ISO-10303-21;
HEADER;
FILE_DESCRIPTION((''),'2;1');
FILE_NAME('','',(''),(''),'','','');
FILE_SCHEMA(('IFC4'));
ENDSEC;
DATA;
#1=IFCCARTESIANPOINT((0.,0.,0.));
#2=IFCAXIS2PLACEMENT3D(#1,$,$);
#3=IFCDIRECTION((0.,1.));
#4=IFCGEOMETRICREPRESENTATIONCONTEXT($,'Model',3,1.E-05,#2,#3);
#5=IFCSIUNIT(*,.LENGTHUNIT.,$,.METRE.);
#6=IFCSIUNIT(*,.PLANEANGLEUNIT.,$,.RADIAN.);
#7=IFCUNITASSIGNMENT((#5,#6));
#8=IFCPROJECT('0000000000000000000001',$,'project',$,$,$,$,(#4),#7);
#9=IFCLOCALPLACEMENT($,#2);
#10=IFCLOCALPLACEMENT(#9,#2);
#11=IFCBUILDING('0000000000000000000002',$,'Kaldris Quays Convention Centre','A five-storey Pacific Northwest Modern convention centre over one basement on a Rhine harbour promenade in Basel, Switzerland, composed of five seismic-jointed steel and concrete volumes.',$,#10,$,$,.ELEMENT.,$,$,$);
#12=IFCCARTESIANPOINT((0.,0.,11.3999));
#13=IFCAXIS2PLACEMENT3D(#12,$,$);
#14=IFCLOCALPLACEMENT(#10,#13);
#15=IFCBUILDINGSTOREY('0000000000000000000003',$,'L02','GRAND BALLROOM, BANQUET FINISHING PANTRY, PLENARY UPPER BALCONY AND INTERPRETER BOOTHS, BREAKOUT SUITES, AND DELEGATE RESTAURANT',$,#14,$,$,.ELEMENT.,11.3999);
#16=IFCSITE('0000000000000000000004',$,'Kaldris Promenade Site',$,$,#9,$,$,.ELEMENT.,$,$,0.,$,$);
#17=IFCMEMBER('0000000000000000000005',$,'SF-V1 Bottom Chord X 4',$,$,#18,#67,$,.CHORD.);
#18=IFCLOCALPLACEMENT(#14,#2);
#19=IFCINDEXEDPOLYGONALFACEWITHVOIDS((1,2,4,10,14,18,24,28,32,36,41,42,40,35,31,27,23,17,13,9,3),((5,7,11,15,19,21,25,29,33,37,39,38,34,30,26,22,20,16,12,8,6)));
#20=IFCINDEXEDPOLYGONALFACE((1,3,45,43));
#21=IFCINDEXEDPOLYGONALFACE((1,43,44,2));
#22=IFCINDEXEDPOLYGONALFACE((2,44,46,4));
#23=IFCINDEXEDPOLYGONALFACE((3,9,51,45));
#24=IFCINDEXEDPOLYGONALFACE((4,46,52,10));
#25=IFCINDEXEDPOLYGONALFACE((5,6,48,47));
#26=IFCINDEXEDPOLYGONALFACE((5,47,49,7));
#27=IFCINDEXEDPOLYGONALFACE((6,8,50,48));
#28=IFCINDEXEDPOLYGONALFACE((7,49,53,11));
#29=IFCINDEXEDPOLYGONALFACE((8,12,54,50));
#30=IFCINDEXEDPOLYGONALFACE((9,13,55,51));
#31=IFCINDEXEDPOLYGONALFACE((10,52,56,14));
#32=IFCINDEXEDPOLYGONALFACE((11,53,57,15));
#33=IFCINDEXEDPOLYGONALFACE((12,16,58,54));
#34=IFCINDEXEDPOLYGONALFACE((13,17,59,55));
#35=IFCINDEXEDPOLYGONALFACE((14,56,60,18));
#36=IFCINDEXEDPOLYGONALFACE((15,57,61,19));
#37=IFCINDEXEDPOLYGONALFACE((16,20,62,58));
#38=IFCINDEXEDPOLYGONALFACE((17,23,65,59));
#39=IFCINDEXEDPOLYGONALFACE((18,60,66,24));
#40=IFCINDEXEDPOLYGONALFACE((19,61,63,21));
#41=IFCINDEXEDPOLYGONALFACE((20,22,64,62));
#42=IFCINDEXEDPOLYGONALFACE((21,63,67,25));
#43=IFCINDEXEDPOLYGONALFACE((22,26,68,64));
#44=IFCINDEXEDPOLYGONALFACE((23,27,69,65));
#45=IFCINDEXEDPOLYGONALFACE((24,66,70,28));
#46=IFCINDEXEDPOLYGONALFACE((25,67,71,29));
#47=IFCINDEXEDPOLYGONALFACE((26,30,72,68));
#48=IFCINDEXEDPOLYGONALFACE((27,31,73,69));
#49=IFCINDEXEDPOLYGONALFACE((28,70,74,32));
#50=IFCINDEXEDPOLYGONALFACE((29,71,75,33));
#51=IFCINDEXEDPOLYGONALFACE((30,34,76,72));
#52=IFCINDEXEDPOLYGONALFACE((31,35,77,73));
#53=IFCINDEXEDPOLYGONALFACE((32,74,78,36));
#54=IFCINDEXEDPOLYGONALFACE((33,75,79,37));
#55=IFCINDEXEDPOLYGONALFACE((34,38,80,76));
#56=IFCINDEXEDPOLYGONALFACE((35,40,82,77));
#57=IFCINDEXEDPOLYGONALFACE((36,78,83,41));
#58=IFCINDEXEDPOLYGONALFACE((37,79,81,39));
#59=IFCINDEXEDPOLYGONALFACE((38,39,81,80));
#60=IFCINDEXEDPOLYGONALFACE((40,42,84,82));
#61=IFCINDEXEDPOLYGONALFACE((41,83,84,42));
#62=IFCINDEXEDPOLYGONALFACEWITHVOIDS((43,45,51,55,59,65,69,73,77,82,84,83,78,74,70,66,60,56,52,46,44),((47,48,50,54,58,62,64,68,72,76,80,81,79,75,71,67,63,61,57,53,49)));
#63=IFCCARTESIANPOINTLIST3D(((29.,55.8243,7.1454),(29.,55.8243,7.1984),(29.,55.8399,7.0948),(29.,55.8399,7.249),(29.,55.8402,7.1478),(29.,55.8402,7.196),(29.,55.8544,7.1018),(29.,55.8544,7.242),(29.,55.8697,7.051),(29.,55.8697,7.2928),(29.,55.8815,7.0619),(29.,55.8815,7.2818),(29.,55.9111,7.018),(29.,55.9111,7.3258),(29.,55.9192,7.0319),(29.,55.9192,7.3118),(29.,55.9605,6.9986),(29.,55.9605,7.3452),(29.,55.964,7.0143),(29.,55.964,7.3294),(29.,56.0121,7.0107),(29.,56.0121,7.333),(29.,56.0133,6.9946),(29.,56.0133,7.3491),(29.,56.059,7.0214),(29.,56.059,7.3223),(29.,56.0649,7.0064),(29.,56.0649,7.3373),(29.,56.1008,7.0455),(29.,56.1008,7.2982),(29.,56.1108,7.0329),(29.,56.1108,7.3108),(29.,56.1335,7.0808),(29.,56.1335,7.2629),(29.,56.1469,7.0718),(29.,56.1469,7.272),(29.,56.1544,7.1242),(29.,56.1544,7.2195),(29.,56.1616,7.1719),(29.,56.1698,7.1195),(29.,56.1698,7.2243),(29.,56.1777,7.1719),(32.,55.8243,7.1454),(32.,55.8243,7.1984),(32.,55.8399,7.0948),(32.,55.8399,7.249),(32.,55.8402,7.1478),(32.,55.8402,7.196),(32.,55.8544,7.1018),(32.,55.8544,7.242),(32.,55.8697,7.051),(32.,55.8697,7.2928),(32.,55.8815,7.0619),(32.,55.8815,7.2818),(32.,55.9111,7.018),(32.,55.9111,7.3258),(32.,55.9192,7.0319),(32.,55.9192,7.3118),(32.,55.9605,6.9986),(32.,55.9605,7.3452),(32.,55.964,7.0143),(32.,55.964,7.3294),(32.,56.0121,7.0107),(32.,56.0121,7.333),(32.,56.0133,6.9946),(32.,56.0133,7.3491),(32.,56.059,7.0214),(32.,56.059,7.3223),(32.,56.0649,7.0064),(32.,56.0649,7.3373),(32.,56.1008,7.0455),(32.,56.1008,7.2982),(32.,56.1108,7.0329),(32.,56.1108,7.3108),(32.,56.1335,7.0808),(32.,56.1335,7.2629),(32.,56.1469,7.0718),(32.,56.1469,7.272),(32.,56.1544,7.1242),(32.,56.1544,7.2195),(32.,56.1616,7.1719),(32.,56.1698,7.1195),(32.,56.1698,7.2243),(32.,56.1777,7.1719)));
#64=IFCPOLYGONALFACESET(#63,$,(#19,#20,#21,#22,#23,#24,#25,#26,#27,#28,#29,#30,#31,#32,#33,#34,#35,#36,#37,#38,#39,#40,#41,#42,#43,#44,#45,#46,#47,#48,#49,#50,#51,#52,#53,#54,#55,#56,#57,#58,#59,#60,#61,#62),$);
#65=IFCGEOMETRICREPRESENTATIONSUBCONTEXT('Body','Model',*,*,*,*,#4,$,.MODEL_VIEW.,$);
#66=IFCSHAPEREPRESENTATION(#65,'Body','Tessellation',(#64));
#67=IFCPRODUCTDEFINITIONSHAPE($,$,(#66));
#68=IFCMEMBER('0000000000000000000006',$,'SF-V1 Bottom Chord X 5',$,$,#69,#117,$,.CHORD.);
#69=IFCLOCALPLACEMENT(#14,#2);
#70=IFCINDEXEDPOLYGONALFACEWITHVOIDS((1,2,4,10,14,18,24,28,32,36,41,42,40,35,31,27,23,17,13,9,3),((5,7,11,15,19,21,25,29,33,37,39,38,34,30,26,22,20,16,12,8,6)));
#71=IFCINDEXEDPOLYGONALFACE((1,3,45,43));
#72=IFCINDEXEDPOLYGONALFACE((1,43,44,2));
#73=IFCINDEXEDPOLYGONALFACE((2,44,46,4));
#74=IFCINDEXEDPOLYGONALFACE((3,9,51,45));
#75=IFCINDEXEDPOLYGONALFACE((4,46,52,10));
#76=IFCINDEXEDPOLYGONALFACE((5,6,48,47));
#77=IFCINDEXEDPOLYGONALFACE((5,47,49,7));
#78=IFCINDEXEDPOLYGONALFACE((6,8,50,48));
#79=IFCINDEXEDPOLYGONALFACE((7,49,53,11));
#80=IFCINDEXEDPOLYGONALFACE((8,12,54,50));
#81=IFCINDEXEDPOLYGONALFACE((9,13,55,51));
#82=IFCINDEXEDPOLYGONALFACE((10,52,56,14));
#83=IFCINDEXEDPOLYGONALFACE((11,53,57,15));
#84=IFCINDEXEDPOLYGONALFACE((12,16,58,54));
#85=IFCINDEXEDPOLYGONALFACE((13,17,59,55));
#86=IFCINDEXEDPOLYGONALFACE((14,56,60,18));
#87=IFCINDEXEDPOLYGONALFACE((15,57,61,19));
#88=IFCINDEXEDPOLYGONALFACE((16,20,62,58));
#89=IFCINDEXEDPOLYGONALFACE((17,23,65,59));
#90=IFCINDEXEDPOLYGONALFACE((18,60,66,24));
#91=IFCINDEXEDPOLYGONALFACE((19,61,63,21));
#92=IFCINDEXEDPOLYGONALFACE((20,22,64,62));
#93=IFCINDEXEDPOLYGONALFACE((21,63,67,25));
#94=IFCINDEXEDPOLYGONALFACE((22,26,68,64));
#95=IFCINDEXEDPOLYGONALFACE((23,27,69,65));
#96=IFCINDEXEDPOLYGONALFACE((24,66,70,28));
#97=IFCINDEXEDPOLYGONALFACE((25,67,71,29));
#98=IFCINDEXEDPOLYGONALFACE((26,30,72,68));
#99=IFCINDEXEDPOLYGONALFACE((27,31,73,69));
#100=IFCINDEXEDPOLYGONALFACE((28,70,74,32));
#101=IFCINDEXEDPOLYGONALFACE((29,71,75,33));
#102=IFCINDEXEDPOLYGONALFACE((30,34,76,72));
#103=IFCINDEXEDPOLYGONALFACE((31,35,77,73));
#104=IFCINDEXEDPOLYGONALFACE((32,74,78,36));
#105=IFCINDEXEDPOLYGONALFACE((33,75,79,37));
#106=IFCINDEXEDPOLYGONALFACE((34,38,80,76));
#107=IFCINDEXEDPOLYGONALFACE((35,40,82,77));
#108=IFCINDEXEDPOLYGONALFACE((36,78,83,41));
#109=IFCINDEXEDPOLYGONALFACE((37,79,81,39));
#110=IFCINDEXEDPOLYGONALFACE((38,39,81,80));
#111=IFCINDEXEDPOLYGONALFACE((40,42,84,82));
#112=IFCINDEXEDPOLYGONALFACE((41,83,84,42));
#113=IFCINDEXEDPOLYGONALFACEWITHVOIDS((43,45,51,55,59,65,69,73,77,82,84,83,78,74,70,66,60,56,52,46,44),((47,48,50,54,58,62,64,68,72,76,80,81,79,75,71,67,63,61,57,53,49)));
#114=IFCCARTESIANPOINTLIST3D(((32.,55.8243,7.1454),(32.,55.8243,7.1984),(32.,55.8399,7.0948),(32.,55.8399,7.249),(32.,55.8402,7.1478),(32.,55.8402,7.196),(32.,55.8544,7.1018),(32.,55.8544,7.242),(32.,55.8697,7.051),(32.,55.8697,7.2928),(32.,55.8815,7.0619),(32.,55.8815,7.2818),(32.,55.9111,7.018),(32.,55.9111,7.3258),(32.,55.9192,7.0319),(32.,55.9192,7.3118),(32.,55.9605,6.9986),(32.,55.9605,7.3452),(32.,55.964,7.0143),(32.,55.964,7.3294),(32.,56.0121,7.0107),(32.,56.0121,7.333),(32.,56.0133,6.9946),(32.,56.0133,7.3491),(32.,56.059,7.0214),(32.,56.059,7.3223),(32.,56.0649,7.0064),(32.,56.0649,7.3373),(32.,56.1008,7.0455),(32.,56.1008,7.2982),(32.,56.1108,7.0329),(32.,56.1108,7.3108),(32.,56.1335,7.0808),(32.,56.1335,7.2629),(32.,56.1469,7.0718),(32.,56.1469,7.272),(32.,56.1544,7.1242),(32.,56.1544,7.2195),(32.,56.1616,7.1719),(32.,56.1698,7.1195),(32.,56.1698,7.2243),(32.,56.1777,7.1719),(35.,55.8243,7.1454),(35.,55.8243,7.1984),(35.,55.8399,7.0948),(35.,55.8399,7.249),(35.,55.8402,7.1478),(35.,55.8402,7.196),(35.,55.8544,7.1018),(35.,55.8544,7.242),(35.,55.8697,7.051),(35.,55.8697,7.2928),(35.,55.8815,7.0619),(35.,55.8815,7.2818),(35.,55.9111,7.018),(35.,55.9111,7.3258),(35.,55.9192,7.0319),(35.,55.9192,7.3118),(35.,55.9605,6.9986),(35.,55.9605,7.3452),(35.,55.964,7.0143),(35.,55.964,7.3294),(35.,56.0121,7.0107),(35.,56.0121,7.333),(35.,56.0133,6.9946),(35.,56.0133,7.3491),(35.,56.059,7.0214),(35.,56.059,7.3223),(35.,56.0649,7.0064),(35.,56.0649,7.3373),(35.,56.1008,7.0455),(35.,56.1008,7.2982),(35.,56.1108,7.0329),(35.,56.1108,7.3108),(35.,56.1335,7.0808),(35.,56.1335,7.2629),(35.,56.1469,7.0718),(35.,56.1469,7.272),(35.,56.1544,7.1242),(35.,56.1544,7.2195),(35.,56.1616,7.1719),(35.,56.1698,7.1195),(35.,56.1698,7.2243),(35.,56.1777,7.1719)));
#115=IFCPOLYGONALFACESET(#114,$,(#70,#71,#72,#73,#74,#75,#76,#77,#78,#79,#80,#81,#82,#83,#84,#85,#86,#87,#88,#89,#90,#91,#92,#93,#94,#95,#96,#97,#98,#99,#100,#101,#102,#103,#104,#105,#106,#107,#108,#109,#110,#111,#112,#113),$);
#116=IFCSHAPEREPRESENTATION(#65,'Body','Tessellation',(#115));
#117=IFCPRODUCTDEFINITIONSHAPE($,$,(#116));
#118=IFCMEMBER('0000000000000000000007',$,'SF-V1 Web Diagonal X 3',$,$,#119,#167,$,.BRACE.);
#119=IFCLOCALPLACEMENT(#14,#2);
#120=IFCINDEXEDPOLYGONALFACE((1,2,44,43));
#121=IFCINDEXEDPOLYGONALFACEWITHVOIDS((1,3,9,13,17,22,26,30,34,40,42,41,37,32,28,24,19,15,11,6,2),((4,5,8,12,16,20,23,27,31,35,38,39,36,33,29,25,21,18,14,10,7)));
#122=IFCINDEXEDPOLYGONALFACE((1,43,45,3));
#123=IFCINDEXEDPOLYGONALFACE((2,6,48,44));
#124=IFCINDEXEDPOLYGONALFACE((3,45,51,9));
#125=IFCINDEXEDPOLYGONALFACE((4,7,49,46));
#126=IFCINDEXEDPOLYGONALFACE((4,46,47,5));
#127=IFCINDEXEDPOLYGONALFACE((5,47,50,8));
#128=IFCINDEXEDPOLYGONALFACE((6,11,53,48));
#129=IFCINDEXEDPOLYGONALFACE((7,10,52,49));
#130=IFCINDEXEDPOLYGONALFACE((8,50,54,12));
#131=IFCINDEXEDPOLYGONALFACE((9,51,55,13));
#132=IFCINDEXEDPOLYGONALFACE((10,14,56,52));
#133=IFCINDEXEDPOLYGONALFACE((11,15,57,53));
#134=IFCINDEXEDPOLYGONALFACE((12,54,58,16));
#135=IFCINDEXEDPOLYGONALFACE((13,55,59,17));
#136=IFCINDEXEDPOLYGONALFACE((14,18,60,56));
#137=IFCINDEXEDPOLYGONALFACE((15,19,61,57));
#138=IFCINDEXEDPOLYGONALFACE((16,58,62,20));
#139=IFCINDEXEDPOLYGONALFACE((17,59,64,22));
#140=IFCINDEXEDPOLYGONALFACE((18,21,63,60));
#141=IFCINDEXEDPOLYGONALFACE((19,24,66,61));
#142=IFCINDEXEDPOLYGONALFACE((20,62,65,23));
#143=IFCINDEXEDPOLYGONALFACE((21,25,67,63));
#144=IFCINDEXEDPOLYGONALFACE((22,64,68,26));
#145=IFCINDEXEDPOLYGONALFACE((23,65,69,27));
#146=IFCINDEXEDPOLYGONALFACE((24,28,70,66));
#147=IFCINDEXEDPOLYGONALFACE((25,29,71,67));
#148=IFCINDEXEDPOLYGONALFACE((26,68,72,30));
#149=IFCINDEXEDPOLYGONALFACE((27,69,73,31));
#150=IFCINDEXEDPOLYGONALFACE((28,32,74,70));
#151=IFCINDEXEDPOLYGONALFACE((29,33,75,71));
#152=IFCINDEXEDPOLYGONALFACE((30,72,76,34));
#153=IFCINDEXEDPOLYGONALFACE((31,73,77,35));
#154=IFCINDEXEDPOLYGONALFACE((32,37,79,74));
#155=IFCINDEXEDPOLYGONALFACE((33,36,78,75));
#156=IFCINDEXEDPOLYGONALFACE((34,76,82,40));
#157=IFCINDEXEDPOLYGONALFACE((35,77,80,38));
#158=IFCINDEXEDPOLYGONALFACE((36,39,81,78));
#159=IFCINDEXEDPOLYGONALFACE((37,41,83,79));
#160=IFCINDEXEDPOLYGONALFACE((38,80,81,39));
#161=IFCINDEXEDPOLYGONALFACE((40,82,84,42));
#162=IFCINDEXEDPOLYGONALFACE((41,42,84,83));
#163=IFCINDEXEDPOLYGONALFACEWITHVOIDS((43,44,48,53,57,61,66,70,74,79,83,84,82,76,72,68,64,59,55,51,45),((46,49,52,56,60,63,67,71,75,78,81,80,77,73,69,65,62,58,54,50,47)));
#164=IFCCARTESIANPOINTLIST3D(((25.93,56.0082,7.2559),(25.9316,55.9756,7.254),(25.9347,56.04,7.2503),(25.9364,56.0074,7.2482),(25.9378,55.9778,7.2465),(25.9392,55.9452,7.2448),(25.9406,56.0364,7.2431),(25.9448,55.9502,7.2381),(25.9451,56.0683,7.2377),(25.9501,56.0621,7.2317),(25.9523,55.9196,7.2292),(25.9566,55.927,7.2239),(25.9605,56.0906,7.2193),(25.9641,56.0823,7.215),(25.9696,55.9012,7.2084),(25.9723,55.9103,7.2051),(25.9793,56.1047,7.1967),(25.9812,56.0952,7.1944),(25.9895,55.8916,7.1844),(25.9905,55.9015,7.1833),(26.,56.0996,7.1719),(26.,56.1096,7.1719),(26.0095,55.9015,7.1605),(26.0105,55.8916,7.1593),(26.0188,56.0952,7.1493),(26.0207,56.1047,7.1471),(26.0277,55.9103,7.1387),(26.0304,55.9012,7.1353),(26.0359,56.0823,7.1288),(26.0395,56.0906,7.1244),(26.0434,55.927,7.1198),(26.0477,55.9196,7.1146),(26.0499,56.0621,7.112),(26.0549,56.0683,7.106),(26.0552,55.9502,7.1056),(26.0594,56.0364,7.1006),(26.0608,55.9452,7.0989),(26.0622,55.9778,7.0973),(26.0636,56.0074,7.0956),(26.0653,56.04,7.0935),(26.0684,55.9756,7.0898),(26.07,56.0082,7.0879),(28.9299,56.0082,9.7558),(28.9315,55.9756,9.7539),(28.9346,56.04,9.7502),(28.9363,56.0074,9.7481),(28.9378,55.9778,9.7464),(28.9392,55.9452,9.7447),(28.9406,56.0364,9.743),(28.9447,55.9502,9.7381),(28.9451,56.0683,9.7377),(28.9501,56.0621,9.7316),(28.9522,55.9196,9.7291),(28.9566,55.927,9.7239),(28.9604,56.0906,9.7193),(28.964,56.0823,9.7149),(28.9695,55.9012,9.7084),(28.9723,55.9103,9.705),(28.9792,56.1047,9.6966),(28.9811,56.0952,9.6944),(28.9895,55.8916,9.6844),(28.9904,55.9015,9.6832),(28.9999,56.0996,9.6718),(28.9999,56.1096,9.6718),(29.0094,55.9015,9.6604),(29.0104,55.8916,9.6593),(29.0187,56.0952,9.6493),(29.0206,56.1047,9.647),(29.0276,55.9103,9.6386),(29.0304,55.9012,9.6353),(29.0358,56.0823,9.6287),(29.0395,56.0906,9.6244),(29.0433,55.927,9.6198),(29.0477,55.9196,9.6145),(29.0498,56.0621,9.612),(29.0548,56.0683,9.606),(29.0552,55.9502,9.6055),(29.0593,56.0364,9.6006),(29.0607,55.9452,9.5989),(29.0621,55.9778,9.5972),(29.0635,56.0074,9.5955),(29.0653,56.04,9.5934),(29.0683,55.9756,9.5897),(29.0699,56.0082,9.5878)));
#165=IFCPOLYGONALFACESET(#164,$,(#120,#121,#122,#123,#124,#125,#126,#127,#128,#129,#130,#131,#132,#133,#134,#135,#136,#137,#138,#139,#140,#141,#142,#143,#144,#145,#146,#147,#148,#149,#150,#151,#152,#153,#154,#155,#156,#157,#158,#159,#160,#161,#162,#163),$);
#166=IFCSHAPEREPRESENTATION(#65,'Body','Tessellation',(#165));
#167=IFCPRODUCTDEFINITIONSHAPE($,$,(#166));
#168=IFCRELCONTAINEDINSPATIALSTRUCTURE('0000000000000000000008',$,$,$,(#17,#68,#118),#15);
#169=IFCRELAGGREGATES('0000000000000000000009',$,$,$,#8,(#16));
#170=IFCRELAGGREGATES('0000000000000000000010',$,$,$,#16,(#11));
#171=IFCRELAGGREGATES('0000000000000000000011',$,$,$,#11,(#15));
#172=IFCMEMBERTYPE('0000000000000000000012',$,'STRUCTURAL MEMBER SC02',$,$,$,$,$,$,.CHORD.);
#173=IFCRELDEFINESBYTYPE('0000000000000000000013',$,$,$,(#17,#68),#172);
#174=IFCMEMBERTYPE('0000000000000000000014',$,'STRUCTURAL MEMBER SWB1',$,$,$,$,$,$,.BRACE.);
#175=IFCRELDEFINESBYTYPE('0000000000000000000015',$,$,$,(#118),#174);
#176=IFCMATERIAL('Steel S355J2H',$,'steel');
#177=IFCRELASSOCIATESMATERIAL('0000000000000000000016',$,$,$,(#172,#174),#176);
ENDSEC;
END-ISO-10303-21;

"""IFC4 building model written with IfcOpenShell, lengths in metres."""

from ifc_helpers import new_model, si_unit, direction, frame, origin, origin_2d, place, context, subcontext, project, spatial, hollow_circle, extrude, material, material_profile, profile_set, type_object, element, save


model = new_model("IFC4")

# Units and contexts
model_context = context("Model", 3, precision=1e-05, world=origin(), true_north=direction((0.0, 1.0)))
body_context = subcontext(model_context, "Body", "Model", "MODEL_VIEW")
ifc_project = project(units=[si_unit("LENGTHUNIT", "METRE"), si_unit("PLANEANGLEUNIT", "RADIAN")], contexts=[model_context])

# Site, building, storey
site_placement = place(None, origin())
site = spatial("IfcSite", under=ifc_project, at=site_placement, Name="Kaldris Promenade Site", CompositionType="ELEMENT", RefElevation=0.0)
building_placement = place(site_placement, origin())
building = spatial("IfcBuilding", under=site, at=building_placement, Name="Kaldris Quays Convention Centre", Description="A five-storey Pacific Northwest Modern convention centre over one basement on a Rhine harbour promenade in Basel, Switzerland, composed of five seismic-jointed steel and concrete volumes.", CompositionType="ELEMENT")
storey_placement = place(building_placement, frame((0.0, 0.0, 11.3999)))
storey = spatial("IfcBuildingStorey", under=building, at=storey_placement, Name="L02", Description="GRAND BALLROOM, BANQUET FINISHING PANTRY, PLENARY UPPER BALCONY AND INTERPRETER BOOTHS, BREAKOUT SUITES, AND DELEGATE RESTAURANT", CompositionType="ELEMENT", Elevation=11.3999)

# Members
ifc_material_1 = material(Name="Steel S355J2H", Category="steel")
ifc_material_profile_1 = material_profile(ifc_material_1, hollow_circle(Radius=0.1777, WallThickness=0.0161, at=origin_2d()), Name="CHS 355.6x16")
ifc_profile_set_1 = profile_set([ifc_material_profile_1], Name="Steel S355J2H")
member_type_1 = type_object("IfcMemberType", Name="STRUCTURAL MEMBER SC02", PredefinedType="CHORD", material=ifc_profile_set_1)
for number, where, z_axis, x_axis, name in (
    (1, (29.0, 56.0, 7.1719), (1.0, 0.0, 0.0), (0.0, 1.0, 0.0), "SF-V1 Bottom Chord X 4"),
    (2, (32.0, 56.0, 7.1719), (1.0, 0.0, 0.0), (0.0, 1.0, 0.0), "SF-V1 Bottom Chord X 5"),
):
    element("IfcMember", number, at=place(storey_placement, frame(where, z_axis=z_axis, x_axis=x_axis)), inside=storey, type_object=member_type_1, Name=name, PredefinedType="CHORD", context=body_context, shape_type="SweptSolid", body=[
        extrude(hollow_circle(Radius=0.1777, WallThickness=0.0161, at=origin_2d()), origin(), (0.0, 0.0, 1.0), 3.0),
    ])
ifc_material_profile_2 = material_profile(ifc_material_1, hollow_circle(Radius=0.1096, WallThickness=0.01, at=origin_2d()), Name="CHS 219.1x10")
ifc_profile_set_2 = profile_set([ifc_material_profile_2], Name="Steel S355J2H")
member_type_2 = type_object("IfcMemberType", Name="STRUCTURAL MEMBER SWB1", PredefinedType="BRACE", material=ifc_profile_set_2)
for number, where, z_axis, x_axis, name in (
    (3, (26.0, 56.0, 7.1719), (0.768221, 0.0, 0.640184), (0.0, 1.0, 0.0), "SF-V1 Web Diagonal X 3"),
):
    element("IfcMember", number, at=place(storey_placement, frame(where, z_axis=z_axis, x_axis=x_axis)), inside=storey, type_object=member_type_2, Name=name, PredefinedType="BRACE", context=body_context, shape_type="SweptSolid", body=[
        extrude(hollow_circle(Radius=0.1096, WallThickness=0.01, at=origin_2d()), origin(), (0.0, 0.0, 1.0), 3.905),
    ])

save(model, "model.ifc")
